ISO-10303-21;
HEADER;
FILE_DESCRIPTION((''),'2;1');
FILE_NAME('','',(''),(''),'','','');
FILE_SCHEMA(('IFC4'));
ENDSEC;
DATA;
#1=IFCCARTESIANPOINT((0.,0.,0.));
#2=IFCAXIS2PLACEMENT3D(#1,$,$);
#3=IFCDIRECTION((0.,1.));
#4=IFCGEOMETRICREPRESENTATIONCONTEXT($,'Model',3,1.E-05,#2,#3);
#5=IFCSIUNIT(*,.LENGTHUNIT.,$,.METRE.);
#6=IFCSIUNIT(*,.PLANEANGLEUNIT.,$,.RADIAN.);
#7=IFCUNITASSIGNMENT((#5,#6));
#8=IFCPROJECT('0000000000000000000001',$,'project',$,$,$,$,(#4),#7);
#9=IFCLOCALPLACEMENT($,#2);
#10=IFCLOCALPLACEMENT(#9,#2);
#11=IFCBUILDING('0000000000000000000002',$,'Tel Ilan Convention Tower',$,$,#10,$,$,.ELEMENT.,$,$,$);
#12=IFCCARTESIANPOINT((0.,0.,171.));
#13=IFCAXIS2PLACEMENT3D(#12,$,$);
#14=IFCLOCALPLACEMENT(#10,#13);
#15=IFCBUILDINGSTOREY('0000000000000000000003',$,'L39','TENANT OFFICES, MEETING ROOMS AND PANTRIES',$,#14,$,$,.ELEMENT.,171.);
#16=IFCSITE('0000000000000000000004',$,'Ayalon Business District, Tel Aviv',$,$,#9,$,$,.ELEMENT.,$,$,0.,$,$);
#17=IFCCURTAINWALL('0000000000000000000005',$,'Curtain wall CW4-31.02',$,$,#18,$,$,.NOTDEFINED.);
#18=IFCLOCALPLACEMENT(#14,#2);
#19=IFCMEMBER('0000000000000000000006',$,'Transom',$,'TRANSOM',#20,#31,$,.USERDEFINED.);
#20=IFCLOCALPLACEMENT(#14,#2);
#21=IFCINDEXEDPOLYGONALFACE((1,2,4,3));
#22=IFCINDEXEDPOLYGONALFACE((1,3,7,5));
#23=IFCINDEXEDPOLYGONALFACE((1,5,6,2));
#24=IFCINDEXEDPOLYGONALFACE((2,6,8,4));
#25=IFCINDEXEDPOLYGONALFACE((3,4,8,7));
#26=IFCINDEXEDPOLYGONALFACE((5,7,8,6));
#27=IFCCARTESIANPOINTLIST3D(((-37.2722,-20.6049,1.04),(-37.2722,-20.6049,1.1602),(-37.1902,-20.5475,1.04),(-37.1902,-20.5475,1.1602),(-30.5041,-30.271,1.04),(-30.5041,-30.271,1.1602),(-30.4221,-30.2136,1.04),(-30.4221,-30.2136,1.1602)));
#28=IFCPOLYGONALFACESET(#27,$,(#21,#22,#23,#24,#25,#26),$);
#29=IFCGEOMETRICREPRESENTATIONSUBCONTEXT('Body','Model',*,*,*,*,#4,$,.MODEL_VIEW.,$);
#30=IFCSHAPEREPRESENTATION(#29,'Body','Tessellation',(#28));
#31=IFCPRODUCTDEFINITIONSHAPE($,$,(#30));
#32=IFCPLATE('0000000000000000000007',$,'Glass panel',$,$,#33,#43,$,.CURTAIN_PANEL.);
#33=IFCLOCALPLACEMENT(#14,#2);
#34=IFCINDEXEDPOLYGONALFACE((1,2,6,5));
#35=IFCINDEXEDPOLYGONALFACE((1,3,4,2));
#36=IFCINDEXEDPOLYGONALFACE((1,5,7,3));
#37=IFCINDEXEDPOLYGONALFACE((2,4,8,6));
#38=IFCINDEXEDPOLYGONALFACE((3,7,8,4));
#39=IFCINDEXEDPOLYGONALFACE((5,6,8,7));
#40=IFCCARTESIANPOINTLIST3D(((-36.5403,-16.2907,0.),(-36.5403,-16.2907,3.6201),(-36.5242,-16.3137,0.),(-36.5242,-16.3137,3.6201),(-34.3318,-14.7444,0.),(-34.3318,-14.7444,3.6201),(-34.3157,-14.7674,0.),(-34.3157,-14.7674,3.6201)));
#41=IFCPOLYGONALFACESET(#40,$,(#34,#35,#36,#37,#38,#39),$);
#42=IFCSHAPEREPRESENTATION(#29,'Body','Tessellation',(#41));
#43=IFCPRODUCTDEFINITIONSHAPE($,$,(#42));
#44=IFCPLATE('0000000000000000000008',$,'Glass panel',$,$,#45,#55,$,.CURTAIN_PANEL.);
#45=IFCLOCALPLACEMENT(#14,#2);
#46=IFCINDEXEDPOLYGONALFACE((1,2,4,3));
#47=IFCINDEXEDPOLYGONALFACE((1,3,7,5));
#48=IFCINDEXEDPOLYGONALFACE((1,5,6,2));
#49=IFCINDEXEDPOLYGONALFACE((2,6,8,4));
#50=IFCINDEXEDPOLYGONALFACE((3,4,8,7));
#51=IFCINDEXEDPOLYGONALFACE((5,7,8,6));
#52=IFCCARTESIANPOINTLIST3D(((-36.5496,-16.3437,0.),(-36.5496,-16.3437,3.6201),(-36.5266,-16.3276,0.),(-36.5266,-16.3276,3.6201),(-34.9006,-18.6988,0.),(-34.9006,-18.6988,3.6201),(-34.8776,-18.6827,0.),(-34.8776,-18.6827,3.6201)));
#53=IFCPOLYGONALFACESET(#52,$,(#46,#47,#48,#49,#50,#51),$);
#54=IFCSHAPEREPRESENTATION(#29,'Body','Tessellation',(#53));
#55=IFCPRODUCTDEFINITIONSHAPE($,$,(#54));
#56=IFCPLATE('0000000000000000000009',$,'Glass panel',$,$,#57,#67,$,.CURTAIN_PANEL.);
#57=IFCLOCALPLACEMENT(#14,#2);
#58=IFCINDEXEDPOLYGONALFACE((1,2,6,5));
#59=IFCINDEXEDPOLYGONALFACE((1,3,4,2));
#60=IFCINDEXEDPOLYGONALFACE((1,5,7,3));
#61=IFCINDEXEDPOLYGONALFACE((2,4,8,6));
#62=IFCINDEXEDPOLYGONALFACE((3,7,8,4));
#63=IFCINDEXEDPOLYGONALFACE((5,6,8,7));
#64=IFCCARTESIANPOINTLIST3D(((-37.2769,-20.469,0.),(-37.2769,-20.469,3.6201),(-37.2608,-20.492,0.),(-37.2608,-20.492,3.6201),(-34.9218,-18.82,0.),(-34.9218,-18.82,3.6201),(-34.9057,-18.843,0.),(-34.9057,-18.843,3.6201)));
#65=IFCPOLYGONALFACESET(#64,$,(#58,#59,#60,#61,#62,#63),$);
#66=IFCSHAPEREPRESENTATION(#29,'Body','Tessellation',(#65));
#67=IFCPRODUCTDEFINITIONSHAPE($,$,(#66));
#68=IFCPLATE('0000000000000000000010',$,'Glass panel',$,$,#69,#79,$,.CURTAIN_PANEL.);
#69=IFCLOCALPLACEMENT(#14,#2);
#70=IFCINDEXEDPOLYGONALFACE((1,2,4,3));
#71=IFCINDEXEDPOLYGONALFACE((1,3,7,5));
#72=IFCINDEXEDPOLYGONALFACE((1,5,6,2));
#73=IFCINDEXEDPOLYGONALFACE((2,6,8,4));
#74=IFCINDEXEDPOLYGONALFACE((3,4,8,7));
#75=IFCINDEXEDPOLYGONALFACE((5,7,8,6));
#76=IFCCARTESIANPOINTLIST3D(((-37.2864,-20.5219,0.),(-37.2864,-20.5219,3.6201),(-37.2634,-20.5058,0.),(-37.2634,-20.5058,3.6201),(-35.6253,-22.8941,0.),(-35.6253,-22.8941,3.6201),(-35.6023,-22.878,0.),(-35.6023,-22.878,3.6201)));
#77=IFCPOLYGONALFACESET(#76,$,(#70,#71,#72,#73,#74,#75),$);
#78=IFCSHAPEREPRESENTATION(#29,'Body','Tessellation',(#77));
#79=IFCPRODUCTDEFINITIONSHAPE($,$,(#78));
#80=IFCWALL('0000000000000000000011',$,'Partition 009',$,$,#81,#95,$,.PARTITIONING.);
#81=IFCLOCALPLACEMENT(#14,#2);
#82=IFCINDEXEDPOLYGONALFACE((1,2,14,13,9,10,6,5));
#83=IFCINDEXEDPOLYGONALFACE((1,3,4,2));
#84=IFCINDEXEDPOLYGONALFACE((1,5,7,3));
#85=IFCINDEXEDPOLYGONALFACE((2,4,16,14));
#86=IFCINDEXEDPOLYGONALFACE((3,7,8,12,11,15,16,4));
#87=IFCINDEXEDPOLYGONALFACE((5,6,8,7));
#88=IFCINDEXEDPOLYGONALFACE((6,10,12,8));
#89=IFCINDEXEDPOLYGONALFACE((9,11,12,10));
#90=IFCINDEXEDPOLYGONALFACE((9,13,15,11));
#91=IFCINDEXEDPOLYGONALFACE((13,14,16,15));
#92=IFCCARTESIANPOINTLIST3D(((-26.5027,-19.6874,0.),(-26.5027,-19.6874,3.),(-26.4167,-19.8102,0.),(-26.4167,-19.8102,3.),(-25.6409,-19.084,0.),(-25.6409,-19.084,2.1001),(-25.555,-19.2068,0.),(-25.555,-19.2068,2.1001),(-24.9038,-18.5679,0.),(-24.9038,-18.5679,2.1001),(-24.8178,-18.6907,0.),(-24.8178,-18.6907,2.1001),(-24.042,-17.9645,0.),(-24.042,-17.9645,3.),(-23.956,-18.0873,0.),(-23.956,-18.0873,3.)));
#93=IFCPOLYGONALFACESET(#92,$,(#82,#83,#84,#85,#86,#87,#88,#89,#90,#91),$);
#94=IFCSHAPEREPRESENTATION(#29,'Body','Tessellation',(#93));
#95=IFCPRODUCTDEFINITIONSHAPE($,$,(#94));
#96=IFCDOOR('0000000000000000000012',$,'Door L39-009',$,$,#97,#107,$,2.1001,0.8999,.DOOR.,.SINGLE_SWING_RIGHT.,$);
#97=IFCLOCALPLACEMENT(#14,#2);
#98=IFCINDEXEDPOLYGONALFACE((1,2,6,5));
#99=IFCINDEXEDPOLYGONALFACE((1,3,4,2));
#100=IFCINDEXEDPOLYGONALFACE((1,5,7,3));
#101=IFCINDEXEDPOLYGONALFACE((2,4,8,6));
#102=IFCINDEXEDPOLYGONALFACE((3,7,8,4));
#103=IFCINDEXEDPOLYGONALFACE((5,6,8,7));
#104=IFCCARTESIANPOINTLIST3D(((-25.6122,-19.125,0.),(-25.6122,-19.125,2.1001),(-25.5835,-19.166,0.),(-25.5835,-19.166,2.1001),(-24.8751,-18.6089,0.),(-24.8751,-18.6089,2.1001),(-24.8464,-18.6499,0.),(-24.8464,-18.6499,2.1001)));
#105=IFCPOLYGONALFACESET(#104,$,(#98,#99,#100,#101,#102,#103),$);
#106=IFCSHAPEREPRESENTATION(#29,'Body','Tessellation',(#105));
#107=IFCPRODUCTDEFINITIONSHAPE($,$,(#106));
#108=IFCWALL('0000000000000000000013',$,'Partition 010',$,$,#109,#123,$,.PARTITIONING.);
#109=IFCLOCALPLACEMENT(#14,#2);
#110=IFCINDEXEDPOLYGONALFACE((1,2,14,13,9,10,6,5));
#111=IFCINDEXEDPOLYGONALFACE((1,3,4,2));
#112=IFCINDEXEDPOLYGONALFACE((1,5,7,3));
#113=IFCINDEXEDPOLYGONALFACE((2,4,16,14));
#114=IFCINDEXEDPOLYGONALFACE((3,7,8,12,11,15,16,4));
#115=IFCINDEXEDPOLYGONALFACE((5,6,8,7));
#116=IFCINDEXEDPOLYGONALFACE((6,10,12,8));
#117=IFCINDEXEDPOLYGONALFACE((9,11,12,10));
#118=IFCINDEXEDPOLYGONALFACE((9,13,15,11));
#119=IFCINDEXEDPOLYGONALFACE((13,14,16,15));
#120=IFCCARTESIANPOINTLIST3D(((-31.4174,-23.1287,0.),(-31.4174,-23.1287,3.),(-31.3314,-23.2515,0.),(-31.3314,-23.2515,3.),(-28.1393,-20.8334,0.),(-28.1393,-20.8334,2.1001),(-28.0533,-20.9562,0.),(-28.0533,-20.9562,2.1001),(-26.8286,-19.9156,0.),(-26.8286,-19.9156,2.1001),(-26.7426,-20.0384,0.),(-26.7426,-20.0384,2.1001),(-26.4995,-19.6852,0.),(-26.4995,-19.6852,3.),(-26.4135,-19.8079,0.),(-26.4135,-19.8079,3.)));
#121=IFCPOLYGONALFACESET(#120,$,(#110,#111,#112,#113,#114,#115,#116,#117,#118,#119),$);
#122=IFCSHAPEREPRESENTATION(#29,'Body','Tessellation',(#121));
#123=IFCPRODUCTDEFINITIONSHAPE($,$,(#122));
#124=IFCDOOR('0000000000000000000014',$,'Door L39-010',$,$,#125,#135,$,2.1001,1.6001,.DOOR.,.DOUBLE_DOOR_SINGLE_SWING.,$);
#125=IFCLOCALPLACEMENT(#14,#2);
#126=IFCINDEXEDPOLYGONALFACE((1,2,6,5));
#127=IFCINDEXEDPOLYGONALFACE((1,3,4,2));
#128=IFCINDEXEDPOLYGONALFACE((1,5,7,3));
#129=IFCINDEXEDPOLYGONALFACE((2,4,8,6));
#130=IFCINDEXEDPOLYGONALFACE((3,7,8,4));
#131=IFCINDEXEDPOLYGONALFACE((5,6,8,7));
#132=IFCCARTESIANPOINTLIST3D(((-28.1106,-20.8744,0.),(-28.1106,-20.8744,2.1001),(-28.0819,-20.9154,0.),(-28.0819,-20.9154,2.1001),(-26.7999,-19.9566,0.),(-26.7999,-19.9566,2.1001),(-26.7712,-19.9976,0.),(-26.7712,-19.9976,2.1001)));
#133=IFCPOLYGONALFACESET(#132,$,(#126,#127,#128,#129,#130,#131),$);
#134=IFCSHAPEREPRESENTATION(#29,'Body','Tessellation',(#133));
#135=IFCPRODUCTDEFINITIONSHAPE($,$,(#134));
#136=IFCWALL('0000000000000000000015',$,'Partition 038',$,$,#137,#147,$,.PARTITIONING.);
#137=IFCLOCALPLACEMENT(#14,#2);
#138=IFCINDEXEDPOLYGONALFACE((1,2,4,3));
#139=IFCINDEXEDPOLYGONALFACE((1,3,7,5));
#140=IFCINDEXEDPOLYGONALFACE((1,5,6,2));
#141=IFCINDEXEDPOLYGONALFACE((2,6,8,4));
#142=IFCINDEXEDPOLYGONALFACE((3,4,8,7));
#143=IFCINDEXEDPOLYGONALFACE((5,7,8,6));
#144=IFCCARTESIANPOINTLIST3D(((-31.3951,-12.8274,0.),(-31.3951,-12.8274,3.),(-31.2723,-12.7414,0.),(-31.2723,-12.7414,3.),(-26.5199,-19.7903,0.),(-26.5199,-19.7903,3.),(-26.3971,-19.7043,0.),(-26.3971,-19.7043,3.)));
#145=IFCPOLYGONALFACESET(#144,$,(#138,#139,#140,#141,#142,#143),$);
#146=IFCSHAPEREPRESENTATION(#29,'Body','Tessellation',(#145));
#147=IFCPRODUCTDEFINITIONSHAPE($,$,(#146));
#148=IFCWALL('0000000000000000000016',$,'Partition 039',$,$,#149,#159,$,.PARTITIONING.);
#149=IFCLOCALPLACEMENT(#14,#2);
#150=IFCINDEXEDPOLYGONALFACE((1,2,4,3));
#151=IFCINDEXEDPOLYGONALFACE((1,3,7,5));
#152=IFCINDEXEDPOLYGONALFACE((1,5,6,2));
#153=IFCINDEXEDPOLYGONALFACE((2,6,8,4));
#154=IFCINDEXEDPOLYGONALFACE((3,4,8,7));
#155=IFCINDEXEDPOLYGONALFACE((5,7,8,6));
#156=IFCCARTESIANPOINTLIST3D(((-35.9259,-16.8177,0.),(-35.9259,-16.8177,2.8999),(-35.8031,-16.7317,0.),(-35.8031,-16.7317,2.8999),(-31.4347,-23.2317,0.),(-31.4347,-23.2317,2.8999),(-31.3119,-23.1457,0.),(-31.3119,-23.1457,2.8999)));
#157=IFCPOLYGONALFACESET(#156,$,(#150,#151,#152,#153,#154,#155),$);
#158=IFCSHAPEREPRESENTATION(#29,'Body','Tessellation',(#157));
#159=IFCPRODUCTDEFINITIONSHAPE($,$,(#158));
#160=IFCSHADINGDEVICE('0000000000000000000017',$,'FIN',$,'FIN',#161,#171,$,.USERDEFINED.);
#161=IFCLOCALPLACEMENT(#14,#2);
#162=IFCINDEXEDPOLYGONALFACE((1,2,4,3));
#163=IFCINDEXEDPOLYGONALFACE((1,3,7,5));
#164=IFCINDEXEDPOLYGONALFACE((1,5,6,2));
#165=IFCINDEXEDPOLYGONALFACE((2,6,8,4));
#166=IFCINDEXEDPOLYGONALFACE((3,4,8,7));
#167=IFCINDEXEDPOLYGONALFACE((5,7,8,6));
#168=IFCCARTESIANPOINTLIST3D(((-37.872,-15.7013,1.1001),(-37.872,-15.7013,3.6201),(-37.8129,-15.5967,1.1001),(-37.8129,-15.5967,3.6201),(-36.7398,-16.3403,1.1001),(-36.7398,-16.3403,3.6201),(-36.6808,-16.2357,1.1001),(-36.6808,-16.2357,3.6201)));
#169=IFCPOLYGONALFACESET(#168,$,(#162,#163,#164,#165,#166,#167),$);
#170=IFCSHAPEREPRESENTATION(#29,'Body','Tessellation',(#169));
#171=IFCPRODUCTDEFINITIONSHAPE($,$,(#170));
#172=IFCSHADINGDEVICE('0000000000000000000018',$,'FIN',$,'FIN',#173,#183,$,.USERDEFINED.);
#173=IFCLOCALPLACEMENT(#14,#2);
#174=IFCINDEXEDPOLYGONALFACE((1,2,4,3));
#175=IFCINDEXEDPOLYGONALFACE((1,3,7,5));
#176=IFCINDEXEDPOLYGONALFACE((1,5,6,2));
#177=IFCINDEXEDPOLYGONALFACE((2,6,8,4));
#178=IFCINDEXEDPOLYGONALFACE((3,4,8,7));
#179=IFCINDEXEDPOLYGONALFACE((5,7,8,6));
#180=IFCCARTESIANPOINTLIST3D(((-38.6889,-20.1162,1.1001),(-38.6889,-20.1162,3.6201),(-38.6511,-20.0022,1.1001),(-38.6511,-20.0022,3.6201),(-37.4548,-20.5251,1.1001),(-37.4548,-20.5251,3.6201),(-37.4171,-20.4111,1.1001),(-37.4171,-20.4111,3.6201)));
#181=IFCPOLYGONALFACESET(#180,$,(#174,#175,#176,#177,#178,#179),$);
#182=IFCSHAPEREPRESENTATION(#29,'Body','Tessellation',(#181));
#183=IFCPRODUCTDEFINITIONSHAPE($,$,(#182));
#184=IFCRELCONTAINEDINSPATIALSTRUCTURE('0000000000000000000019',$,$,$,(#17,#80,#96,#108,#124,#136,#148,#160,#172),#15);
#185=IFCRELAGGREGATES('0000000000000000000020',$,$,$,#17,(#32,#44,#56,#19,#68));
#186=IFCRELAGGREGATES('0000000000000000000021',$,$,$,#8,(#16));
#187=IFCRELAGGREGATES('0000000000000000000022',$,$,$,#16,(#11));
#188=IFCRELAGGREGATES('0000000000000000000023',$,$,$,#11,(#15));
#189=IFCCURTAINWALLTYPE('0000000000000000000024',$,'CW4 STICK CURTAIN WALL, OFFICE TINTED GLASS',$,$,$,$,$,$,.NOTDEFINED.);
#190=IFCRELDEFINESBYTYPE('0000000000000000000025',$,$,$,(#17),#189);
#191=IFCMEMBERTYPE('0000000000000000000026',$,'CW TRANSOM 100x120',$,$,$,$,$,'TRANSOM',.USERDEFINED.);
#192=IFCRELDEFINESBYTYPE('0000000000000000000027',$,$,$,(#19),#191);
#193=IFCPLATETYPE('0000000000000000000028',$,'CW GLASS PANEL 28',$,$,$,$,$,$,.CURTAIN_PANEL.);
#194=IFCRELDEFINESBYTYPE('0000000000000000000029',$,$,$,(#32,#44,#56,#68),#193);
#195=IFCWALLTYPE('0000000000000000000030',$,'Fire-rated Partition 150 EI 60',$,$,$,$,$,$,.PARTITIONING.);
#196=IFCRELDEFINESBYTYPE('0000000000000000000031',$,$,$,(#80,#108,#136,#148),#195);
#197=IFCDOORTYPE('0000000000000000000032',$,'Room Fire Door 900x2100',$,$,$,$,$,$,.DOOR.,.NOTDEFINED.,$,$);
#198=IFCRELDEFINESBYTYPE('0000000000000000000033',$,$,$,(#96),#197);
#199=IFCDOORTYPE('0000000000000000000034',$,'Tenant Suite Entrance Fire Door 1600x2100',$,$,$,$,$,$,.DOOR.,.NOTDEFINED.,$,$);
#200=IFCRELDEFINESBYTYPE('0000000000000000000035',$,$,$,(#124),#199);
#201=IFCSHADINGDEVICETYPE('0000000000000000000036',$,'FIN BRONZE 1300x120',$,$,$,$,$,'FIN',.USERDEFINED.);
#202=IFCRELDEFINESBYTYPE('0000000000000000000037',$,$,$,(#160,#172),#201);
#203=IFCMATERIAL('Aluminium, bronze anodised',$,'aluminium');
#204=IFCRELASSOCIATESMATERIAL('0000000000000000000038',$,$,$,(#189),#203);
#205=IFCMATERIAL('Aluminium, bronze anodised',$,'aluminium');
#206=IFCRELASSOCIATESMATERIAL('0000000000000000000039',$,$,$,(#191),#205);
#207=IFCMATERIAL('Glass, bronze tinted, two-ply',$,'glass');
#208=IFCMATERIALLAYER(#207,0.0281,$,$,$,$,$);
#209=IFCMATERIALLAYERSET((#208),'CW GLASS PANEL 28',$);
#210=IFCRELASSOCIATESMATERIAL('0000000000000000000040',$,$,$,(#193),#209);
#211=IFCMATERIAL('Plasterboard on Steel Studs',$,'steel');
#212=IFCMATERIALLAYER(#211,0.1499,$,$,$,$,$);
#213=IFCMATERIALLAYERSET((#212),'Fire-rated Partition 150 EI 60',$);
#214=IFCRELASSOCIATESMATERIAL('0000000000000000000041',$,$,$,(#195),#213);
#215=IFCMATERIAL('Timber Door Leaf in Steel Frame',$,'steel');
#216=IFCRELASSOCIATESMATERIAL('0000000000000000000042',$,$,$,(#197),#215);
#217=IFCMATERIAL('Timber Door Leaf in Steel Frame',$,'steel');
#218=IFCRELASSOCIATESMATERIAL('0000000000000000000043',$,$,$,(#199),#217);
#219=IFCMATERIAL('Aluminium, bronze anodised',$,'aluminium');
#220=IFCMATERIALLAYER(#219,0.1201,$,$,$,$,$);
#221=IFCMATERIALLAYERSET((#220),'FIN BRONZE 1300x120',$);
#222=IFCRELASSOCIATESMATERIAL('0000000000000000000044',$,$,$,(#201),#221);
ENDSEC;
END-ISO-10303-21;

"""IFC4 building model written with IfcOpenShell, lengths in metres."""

from ifc_helpers import new_model, si_unit, direction, frame, frame_2d, origin, origin_2d, place, context, subcontext, project, spatial, rectangle, extrude, material, layer, layer_set, material_profile, profile_set, type_object, element, fill, aggregate, save


model = new_model("IFC4")

# Units and contexts
model_context = context("Model", 3, precision=1e-05, world=origin(), true_north=direction((0.0, 1.0)))
body_context = subcontext(model_context, "Body", "Model", "MODEL_VIEW")
ifc_project = project(units=[si_unit("LENGTHUNIT", "METRE"), si_unit("PLANEANGLEUNIT", "RADIAN")], contexts=[model_context])

# Site, building, storey
site_placement = place(None, origin())
site = spatial("IfcSite", under=ifc_project, at=site_placement, Name="Ayalon Business District, Tel Aviv", CompositionType="ELEMENT", RefElevation=0.0)
building_placement = place(site_placement, origin())
building = spatial("IfcBuilding", under=site, at=building_placement, Name="Tel Ilan Convention Tower", CompositionType="ELEMENT")
storey_placement = place(building_placement, frame((0.0, 0.0, 171.0)))
storey = spatial("IfcBuildingStorey", under=building, at=storey_placement, Name="L39", Description="TENANT OFFICES, MEETING ROOMS AND PANTRIES", CompositionType="ELEMENT", Elevation=171.0)

# Curtain wall, member, plates
ifc_material_1 = material(Name="Aluminium, bronze anodised", Category="aluminium")
curtain_wall_type = type_object("IfcCurtainWallType", Name="CW4 STICK CURTAIN WALL, OFFICE TINTED GLASS", PredefinedType="NOTDEFINED", material=ifc_material_1)
curtain_wall_placement = place(storey_placement, origin())
curtain_wall = element("IfcCurtainWall", 1, at=curtain_wall_placement, inside=storey, type_object=curtain_wall_type, Name="Curtain wall CW4-31.02", PredefinedType="NOTDEFINED")
ifc_material_2 = material(Name="Aluminium, bronze anodised", Category="aluminium")
ifc_material_profile_1 = material_profile(ifc_material_2, rectangle(XDim=0.1001, YDim=0.1201, at=origin_2d()), Name="CW TRANSOM 100x120")
ifc_profile_set_1 = profile_set([ifc_material_profile_1], Name="Aluminium, bronze anodised")
member_type_1 = type_object("IfcMemberType", Name="CW TRANSOM 100x120", ElementType="TRANSOM", PredefinedType="USERDEFINED", material=ifc_profile_set_1)
member_1_placement = place(storey_placement, frame((-37.2312, -20.5762, 1.1001), z_axis=(0.573568, -0.819158, 0.0), x_axis=(0.819158, 0.573568, 0.0)))
member_1 = element("IfcMember", 2, at=member_1_placement, type_object=member_type_1, Name="Transom", ObjectType="TRANSOM", PredefinedType="USERDEFINED", context=body_context, shape_type="SweptSolid", body=[
    extrude(rectangle(XDim=0.1001, YDim=0.1201, at=origin_2d()), origin(), (0.0, 0.0, 1.0), 11.8),
])
ifc_material_3 = material(Name="Glass, bronze tinted, two-ply", Category="glass")
ifc_layer_1 = layer(ifc_material_3, 0.0281)
ifc_layer_set_1 = layer_set([ifc_layer_1], Name="CW GLASS PANEL 28")
plate_type = type_object("IfcPlateType", Name="CW GLASS PANEL 28", PredefinedType="CURTAIN_PANEL", material=ifc_layer_set_1)
plate_1_placement = place(storey_placement, frame((-35.428, -15.5291, 0.0), z_axis=(0.0, 0.0, 1.0), x_axis=(-0.819152, -0.573576, 0.0)))
plate_1 = element("IfcPlate", 3, at=plate_1_placement, type_object=plate_type, Name="Glass panel", PredefinedType="CURTAIN_PANEL", context=body_context, shape_type="SweptSolid", body=[
    extrude(rectangle(XDim=2.696, YDim=0.0281, at=origin_2d()), origin(), (0.0, 0.0, 1.0), 3.6201),
])
plate_2_placement = place(storey_placement, frame((-35.7136, -17.5132, 0.0), z_axis=(0.0, 0.0, 1.0), x_axis=(0.573576, -0.819152, 0.0)))
plate_2 = element("IfcPlate", 4, at=plate_2_placement, type_object=plate_type, Name="Glass panel", PredefinedType="CURTAIN_PANEL", context=body_context, shape_type="SweptSolid", body=[
    extrude(rectangle(XDim=2.875, YDim=0.0281, at=origin_2d()), origin(), (0.0, 0.0, 1.0), 3.6201),
])
plate_3_placement = place(storey_placement, frame((-36.0913, -19.656, 0.0), z_axis=(0.0, 0.0, 1.0), x_axis=(-0.819152, -0.573576, 0.0)))
plate_3 = element("IfcPlate", 5, at=plate_3_placement, type_object=plate_type, Name="Glass panel", PredefinedType="CURTAIN_PANEL", context=body_context, shape_type="SweptSolid", body=[
    extrude(rectangle(XDim=2.875, YDim=0.0281, at=origin_2d()), origin(), (0.0, 0.0, 1.0), 3.6201),
])
plate_4_placement = place(storey_placement, frame((-36.4443, -21.7, 0.0), z_axis=(0.0, 0.0, 1.0), x_axis=(0.573576, -0.819152, 0.0)))
plate_4 = element("IfcPlate", 6, at=plate_4_placement, type_object=plate_type, Name="Glass panel", PredefinedType="CURTAIN_PANEL", context=body_context, shape_type="SweptSolid", body=[
    extrude(rectangle(XDim=2.896, YDim=0.0281, at=origin_2d()), origin(), (0.0, 0.0, 1.0), 3.6201),
])
aggregate(curtain_wall, [plate_1, plate_2, plate_3, member_1, plate_4])

# Walls, openings, doors
ifc_material_4 = material(Name="Plasterboard on Steel Studs", Category="steel")
ifc_layer_2 = layer(ifc_material_4, 0.1499)
ifc_layer_set_2 = layer_set([ifc_layer_2], Name="Fire-rated Partition 150 EI 60")
wall_type = type_object("IfcWallType", Name="Fire-rated Partition 150 EI 60", PredefinedType="PARTITIONING", material=ifc_layer_set_2)
wall_1_placement = place(storey_placement, frame((-26.4597, -19.7488, 0.0), z_axis=(0.0, 0.0, 1.0), x_axis=(0.819167, 0.573555, 0.0)))
wall_1 = element("IfcWall", 7, at=wall_1_placement, inside=storey, type_object=wall_type, Name="Partition 009", PredefinedType="PARTITIONING", context=body_context, shape_type="SweptSolid", body=[
    extrude(rectangle(XDim=3.0039, YDim=0.1499, at=frame_2d((1.502, 0.0))), origin(), (0.0, 0.0, 1.0), 3.0),
])
opening_1_placement = place(wall_1_placement, frame((1.052, 0.0, 0.0)))
opening_1 = element("IfcOpeningElement", 8, at=opening_1_placement, cuts=wall_1, PredefinedType="OPENING", context=body_context, shape_type="SweptSolid", body=[
    extrude(rectangle(XDim=0.8999, YDim=2.1001, at=frame_2d((0.45, 1.05))), frame((0.0, 0.085, 0.0), z_axis=(0.0, -1.0, 0.0), x_axis=(1.0, 0.0, 0.0)), (0.0, 0.0, 1.0), 0.1699),
])
ifc_material_5 = material(Name="Timber Door Leaf in Steel Frame", Category="steel")
door_type_1 = type_object("IfcDoorType", Name="Room Fire Door 900x2100", OperationType="NOTDEFINED", PredefinedType="DOOR", material=ifc_material_5)
door_1_placement = place(opening_1_placement, origin())
door_1 = element("IfcDoor", 9, at=door_1_placement, inside=storey, type_object=door_type_1, Name="Door L39-009", OperationType="SINGLE_SWING_RIGHT", OverallHeight=2.1001, OverallWidth=0.8999, PredefinedType="DOOR", context=body_context, shape_type="SweptSolid", body=[
    extrude(rectangle(XDim=0.8999, YDim=2.1001, at=frame_2d((0.45, 1.05))), frame((0.0, 0.0249, 0.0), z_axis=(0.0, -1.0, 0.0), x_axis=(1.0, 0.0, 0.0)), (0.0, 0.0, 1.0), 0.05),
])
fill(opening_1, door_1)
wall_2_placement = place(storey_placement, frame((-31.3745, -23.1902, 0.0), z_axis=(0.0, 0.0, 1.0), x_axis=(0.819152, 0.573577, 0.0)))
wall_2 = element("IfcWall", 10, at=wall_2_placement, inside=storey, type_object=wall_type, Name="Partition 010", PredefinedType="PARTITIONING", context=body_context, shape_type="SweptSolid", body=[
    extrude(rectangle(XDim=6.0037, YDim=0.1499, at=frame_2d((3.002, 0.0))), origin(), (0.0, 0.0, 1.0), 3.0),
])
opening_2_placement = place(wall_2_placement, frame((4.002, 0.0, 0.0)))
opening_2 = element("IfcOpeningElement", 11, at=opening_2_placement, cuts=wall_2, PredefinedType="OPENING", context=body_context, shape_type="SweptSolid", body=[
    extrude(rectangle(XDim=1.6001, YDim=2.1001, at=frame_2d((0.8, 1.05))), frame((0.0, 0.085, 0.0), z_axis=(0.0, -1.0, 0.0), x_axis=(1.0, 0.0, 0.0)), (0.0, 0.0, 1.0), 0.1699),
])
ifc_material_6 = material(Name="Timber Door Leaf in Steel Frame", Category="steel")
door_type_2 = type_object("IfcDoorType", Name="Tenant Suite Entrance Fire Door 1600x2100", OperationType="NOTDEFINED", PredefinedType="DOOR", material=ifc_material_6)
door_2_placement = place(opening_2_placement, origin())
door_2 = element("IfcDoor", 12, at=door_2_placement, inside=storey, type_object=door_type_2, Name="Door L39-010", OperationType="DOUBLE_DOOR_SINGLE_SWING", OverallHeight=2.1001, OverallWidth=1.6001, PredefinedType="DOOR", context=body_context, shape_type="SweptSolid", body=[
    extrude(rectangle(XDim=1.6001, YDim=2.1001, at=frame_2d((0.8, 1.05))), frame((0.0, 0.0249, 0.0), z_axis=(0.0, -1.0, 0.0), x_axis=(1.0, 0.0, 0.0)), (0.0, 0.0, 1.0), 0.05),
])
fill(opening_2, door_2)

# Walls
wall_3_placement = place(storey_placement, frame((-26.4585, -19.7473, 0.0), z_axis=(0.0, 0.0, 1.0), x_axis=(-0.573559, 0.819164, 0.0)))
element("IfcWall", 13, at=wall_3_placement, inside=storey, type_object=wall_type, Name="Partition 038", PredefinedType="PARTITIONING", context=body_context, shape_type="SweptSolid", body=[
    extrude(rectangle(XDim=8.5, YDim=0.1499, at=frame_2d((4.25, 0.0))), origin(), (0.0, 0.0, 1.0), 3.0),
])
wall_4_placement = place(storey_placement, frame((-31.3733, -23.1887, 0.0), z_axis=(0.0, 0.0, 1.0), x_axis=(-0.57358, 0.81915, 0.0)))
element("IfcWall", 14, at=wall_4_placement, inside=storey, type_object=wall_type, Name="Partition 039", PredefinedType="PARTITIONING", context=body_context, shape_type="SweptSolid", body=[
    extrude(rectangle(XDim=7.8301, YDim=0.1499, at=frame_2d((3.915, 0.0))), origin(), (0.0, 0.0, 1.0), 2.8999),
])

# Shading devices
ifc_material_7 = material(Name="Aluminium, bronze anodised", Category="aluminium")
ifc_layer_3 = layer(ifc_material_7, 0.1201)
ifc_layer_set_3 = layer_set([ifc_layer_3], Name="FIN BRONZE 1300x120")
shading_device_type = type_object("IfcShadingDeviceType", Name="FIN BRONZE 1300x120", ElementType="FIN", PredefinedType="USERDEFINED", material=ifc_layer_set_3)
for number, where, z_axis, x_axis, name in (
    (15, (-37.2764, -15.9685, 1.1001), (0.0, 0.0, 1.0), (-0.870833, 0.491579, 0.0), "FIN"),
    (16, (-38.053, -20.2637, 1.1001), (0.0, 0.0, 1.0), (-0.949243, 0.314545, 0.0), "FIN"),
):
    element("IfcShadingDevice", number, at=place(storey_placement, frame(where, z_axis=z_axis, x_axis=x_axis)), inside=storey, type_object=shading_device_type, Name=name, ObjectType="FIN", PredefinedType="USERDEFINED", context=body_context, shape_type="SweptSolid", body=[
        extrude(rectangle(XDim=1.3, YDim=0.1201, at=origin_2d()), origin(), (0.0, 0.0, 1.0), 2.52),
    ])

save(model, "model.ifc")
